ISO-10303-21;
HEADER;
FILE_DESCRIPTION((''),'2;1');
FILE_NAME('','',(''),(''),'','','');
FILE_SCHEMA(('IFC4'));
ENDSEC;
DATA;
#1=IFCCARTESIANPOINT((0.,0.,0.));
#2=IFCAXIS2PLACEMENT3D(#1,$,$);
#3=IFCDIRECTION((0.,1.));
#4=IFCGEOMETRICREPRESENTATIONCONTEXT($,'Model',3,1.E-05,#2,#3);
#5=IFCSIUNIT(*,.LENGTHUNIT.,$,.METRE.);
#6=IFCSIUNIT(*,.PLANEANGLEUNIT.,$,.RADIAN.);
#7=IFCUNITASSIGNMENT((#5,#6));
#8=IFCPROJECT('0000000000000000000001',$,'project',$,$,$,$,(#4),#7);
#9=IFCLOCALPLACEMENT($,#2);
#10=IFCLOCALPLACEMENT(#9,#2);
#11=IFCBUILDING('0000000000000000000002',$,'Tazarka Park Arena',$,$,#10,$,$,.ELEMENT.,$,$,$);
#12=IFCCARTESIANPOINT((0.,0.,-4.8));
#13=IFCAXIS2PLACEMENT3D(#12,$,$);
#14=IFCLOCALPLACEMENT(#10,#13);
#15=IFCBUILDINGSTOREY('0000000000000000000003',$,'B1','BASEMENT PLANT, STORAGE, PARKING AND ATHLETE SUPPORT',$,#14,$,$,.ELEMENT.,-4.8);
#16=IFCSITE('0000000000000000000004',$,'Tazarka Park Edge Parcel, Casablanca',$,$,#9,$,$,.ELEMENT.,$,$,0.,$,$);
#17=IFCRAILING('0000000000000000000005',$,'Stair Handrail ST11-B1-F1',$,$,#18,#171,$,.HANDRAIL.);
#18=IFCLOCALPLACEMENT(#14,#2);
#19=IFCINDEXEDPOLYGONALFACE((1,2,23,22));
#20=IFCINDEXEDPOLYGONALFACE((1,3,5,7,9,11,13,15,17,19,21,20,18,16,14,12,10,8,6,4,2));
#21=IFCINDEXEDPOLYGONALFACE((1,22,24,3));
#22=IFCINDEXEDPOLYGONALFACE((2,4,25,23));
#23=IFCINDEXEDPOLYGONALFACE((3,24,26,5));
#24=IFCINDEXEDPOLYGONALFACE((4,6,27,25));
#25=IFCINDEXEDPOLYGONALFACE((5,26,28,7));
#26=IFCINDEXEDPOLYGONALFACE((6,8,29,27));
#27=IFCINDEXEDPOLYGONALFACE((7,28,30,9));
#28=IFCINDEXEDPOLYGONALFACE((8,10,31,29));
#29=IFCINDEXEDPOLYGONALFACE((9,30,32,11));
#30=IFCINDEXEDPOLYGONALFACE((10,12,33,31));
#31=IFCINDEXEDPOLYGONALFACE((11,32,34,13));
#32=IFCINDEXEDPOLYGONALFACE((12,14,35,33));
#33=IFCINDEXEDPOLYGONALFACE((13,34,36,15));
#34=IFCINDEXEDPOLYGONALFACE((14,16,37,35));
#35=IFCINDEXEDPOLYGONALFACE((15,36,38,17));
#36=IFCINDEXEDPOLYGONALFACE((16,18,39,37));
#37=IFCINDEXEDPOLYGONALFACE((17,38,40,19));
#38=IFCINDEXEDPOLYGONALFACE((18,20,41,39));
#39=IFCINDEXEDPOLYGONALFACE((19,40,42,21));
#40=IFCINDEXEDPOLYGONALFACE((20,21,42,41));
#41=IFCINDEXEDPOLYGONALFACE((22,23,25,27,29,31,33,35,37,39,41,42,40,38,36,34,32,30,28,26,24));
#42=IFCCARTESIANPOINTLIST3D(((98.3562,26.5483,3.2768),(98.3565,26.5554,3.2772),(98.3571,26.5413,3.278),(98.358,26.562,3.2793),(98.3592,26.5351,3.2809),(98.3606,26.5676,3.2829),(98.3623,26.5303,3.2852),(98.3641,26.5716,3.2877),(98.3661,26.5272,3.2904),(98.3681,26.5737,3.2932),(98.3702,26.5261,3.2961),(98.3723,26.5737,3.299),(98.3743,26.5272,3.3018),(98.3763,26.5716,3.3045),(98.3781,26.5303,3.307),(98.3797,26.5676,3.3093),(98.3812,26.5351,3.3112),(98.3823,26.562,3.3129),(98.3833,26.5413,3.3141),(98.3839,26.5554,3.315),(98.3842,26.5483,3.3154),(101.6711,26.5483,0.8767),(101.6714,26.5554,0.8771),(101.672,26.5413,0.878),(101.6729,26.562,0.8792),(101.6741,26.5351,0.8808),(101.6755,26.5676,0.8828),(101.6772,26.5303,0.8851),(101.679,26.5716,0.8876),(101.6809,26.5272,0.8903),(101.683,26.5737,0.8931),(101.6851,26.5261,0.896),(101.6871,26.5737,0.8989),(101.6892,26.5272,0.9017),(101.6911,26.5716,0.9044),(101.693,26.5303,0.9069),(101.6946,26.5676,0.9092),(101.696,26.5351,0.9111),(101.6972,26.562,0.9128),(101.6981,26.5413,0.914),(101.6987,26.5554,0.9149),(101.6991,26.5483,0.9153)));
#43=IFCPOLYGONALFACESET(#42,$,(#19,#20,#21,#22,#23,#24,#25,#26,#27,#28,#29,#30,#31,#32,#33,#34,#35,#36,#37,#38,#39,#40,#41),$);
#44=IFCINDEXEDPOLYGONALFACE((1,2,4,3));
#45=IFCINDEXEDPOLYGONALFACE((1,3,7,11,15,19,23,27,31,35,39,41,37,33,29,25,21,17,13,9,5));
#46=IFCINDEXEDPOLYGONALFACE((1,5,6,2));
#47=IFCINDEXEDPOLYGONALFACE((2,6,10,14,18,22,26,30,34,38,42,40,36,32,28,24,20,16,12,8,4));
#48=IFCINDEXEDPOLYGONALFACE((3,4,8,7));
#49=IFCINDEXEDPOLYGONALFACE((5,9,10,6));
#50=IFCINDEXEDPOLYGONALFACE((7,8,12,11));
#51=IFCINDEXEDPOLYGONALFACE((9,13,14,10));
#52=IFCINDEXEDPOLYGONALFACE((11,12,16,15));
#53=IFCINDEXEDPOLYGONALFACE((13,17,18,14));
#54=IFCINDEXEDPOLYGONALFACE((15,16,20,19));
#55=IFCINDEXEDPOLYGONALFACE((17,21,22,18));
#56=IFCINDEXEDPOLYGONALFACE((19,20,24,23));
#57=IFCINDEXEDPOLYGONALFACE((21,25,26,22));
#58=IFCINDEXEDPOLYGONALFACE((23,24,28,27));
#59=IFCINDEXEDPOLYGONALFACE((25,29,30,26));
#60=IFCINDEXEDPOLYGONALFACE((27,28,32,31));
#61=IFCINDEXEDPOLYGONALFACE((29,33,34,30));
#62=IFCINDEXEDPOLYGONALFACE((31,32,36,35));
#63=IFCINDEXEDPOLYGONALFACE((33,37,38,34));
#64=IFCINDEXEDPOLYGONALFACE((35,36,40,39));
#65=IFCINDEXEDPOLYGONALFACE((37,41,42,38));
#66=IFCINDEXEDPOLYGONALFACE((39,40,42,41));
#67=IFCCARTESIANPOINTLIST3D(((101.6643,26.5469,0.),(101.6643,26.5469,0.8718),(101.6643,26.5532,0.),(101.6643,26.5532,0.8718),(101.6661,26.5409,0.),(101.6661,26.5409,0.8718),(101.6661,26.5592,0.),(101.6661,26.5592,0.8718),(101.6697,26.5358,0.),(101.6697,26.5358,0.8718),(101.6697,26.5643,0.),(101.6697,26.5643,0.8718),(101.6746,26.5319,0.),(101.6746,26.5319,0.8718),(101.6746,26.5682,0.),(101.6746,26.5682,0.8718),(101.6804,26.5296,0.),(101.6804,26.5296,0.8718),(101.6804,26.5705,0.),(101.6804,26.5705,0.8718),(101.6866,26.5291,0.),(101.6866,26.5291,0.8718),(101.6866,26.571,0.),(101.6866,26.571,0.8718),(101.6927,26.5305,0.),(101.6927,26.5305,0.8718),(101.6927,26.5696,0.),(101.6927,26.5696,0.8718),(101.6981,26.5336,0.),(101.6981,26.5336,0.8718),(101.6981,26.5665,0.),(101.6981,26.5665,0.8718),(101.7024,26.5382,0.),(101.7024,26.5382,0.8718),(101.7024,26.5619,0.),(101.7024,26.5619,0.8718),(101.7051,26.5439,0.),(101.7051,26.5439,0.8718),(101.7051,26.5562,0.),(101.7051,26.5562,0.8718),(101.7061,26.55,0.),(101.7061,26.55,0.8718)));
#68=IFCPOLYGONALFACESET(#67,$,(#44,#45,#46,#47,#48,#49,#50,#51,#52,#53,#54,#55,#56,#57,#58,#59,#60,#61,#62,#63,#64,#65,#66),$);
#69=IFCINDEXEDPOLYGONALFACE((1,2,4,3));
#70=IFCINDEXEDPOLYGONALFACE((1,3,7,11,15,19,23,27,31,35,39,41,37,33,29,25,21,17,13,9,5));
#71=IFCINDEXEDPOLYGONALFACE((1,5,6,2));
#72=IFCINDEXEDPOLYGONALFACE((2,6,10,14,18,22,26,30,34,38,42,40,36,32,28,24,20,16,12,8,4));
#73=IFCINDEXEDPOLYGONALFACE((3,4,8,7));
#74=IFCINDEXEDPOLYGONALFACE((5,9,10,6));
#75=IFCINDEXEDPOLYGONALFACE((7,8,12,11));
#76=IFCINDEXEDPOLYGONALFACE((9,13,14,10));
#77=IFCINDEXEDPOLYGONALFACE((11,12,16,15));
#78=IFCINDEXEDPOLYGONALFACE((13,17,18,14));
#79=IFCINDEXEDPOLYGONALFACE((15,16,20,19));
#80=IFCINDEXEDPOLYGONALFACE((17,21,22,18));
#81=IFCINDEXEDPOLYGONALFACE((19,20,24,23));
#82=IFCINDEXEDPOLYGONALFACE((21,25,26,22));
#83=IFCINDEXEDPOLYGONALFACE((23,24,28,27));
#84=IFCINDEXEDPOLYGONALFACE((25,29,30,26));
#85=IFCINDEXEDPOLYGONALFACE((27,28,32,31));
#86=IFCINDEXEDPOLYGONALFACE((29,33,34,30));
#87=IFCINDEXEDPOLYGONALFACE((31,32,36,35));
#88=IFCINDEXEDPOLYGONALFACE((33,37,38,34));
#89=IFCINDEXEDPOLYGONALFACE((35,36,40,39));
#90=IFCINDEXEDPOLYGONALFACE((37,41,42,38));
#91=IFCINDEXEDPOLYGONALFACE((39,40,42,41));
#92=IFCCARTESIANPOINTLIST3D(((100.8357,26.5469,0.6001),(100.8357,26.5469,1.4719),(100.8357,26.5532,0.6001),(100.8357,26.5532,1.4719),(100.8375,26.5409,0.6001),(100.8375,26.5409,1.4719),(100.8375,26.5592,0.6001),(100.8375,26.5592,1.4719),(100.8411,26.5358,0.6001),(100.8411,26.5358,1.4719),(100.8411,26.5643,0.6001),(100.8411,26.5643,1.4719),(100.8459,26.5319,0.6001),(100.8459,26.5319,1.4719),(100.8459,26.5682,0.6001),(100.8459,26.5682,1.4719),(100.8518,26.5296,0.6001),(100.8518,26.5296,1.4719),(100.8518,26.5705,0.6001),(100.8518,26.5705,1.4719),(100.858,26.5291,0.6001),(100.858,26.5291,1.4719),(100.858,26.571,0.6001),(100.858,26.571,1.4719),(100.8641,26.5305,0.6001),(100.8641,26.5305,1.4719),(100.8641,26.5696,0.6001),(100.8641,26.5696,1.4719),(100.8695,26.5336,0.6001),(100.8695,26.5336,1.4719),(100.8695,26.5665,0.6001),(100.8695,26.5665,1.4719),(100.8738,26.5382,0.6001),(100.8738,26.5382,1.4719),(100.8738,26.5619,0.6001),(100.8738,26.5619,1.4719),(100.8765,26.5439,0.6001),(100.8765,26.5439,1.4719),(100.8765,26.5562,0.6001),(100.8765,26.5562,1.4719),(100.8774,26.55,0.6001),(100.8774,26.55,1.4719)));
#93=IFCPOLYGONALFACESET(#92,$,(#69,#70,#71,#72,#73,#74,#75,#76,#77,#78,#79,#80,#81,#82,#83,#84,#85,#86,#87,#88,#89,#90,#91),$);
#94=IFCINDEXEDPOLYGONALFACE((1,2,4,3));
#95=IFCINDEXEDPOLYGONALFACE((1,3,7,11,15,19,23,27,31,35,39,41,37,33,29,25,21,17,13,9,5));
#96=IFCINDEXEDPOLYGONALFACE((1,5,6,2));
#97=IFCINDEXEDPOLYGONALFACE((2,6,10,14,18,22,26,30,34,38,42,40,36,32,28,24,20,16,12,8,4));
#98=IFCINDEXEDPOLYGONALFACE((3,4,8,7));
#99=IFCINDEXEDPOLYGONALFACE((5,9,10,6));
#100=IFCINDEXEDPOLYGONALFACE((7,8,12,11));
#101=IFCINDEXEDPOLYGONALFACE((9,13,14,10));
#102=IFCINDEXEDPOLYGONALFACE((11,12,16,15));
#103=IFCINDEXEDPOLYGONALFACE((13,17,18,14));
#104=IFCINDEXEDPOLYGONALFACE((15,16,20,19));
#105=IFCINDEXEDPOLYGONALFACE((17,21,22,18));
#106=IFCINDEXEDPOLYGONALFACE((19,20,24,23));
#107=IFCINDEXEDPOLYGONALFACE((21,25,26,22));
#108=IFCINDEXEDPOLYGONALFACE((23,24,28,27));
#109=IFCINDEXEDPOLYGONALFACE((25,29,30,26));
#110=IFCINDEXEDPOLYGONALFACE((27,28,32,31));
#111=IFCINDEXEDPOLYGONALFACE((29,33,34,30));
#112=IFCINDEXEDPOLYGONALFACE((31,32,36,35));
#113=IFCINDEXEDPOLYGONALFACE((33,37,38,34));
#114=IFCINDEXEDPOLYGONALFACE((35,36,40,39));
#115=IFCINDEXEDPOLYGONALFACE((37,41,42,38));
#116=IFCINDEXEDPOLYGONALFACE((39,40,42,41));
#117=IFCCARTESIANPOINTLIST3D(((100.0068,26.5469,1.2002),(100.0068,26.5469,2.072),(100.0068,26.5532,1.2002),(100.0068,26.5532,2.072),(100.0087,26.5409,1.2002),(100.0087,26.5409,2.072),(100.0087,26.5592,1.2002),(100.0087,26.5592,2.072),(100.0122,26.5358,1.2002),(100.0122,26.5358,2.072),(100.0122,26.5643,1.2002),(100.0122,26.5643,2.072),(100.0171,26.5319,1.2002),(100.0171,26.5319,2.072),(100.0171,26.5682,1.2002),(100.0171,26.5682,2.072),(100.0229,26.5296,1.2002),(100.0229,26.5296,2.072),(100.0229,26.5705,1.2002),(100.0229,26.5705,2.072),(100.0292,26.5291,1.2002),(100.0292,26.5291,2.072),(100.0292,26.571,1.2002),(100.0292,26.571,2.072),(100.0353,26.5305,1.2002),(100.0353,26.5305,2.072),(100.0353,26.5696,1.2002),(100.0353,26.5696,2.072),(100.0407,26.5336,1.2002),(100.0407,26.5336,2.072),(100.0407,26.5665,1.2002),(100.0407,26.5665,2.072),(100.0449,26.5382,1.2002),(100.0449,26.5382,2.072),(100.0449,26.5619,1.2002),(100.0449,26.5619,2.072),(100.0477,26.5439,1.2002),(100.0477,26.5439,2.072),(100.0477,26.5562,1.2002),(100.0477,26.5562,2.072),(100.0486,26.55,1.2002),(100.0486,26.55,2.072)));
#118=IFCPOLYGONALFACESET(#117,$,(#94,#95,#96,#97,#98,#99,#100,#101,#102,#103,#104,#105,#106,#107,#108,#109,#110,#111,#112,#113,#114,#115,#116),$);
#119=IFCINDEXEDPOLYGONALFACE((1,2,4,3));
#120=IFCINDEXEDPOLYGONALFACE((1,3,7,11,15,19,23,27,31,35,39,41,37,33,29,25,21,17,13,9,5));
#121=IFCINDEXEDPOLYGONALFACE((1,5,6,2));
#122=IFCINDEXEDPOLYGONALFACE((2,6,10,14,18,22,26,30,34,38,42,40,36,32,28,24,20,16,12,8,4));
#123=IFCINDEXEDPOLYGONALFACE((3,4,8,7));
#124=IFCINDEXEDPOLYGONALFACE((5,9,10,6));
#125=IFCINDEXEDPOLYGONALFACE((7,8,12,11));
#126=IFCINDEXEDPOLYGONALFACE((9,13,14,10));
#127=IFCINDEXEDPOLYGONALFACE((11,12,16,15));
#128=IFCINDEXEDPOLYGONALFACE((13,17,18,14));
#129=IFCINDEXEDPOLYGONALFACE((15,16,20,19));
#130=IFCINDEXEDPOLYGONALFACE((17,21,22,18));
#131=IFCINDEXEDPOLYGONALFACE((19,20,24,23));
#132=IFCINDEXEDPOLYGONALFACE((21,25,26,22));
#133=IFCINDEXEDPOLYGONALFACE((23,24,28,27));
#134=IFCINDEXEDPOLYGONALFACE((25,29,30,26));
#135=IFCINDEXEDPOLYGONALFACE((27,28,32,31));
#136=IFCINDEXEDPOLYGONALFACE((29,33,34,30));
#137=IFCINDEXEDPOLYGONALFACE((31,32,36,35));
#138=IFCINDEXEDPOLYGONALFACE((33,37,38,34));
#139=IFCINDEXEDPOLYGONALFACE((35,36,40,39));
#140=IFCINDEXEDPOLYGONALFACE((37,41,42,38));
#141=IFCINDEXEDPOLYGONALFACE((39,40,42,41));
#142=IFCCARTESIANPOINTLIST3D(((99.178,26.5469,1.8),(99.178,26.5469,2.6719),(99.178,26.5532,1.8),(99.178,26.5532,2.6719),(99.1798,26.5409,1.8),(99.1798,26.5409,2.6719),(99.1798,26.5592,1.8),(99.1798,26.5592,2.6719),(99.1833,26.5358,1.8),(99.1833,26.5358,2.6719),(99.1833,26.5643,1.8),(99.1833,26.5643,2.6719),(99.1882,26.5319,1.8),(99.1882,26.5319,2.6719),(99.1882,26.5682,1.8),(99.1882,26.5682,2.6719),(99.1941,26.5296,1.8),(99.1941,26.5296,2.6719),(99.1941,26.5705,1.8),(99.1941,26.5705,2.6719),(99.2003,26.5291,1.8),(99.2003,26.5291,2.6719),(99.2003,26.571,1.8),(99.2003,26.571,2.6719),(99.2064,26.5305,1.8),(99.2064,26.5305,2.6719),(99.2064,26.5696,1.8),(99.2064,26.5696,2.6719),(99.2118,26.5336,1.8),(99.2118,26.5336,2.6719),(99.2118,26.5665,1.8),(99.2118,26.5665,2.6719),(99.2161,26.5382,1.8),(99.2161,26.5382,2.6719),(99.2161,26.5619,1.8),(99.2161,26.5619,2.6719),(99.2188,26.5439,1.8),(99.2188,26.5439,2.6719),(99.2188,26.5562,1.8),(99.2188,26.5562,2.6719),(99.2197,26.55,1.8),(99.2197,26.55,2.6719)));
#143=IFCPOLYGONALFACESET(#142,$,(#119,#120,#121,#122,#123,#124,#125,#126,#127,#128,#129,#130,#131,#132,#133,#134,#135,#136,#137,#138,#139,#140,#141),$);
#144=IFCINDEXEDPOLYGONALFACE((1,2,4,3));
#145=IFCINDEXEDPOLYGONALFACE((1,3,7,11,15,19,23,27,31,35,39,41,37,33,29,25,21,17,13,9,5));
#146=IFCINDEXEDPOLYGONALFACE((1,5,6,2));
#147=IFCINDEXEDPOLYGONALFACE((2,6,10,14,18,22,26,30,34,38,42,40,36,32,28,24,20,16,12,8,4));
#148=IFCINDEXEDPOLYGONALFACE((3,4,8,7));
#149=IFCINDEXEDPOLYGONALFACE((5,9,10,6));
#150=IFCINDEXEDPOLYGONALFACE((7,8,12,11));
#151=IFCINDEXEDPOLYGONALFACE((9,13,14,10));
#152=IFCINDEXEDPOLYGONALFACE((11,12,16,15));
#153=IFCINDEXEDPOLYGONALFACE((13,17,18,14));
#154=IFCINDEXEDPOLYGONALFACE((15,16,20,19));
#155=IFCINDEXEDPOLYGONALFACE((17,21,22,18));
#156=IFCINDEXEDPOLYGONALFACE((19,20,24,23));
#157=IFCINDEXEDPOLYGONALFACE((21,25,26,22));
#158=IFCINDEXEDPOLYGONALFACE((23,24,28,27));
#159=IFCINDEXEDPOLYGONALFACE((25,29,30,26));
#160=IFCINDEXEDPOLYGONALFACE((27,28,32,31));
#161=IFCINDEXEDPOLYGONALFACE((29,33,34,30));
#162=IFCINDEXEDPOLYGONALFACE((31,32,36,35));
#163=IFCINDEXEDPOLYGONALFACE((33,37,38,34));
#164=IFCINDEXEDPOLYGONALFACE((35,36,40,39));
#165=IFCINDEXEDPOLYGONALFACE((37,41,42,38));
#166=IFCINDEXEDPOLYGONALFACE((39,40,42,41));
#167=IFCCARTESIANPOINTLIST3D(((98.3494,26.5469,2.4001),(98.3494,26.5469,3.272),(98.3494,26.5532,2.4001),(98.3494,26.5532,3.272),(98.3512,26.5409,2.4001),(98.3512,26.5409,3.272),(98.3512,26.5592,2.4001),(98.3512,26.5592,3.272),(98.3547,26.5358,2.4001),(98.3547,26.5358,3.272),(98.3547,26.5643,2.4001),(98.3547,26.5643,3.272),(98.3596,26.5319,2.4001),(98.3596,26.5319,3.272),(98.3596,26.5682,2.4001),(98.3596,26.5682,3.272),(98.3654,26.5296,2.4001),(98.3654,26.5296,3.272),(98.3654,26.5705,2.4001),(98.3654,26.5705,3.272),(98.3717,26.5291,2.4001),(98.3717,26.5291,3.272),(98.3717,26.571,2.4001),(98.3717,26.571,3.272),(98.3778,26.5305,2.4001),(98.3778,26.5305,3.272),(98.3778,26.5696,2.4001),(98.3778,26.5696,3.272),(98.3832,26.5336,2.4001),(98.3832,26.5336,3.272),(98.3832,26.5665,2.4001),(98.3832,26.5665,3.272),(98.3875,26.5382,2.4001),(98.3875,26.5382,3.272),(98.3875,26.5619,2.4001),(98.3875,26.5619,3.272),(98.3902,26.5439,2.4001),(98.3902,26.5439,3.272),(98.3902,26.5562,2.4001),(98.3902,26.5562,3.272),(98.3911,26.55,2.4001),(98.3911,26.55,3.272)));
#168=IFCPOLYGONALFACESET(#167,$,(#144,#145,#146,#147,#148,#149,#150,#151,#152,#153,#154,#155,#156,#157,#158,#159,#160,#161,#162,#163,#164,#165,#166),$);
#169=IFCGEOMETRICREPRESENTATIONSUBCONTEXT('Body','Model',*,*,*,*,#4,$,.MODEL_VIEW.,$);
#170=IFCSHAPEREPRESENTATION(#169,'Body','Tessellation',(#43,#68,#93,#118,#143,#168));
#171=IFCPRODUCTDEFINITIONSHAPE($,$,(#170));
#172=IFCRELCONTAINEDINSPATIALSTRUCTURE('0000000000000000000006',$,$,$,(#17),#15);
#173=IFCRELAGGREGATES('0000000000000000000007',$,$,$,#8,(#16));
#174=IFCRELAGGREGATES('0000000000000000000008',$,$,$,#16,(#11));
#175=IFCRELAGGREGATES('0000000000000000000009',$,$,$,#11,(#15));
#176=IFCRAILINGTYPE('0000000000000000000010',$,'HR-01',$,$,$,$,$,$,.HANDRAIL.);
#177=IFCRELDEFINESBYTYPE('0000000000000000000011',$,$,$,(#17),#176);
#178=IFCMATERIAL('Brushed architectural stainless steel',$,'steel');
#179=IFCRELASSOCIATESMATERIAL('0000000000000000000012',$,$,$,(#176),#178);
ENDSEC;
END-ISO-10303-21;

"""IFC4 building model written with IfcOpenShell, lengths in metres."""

from ifc_helpers import new_model, si_unit, direction, frame, origin, origin_2d, place, context, subcontext, project, spatial, circle, extrude, material, type_object, element, save


model = new_model("IFC4")

# Units and contexts
model_context = context("Model", 3, precision=1e-05, world=origin(), true_north=direction((0.0, 1.0)))
body_context = subcontext(model_context, "Body", "Model", "MODEL_VIEW")
ifc_project = project(units=[si_unit("LENGTHUNIT", "METRE"), si_unit("PLANEANGLEUNIT", "RADIAN")], contexts=[model_context])

# Site, building, storey
site_placement = place(None, origin())
site = spatial("IfcSite", under=ifc_project, at=site_placement, Name="Tazarka Park Edge Parcel, Casablanca", CompositionType="ELEMENT", RefElevation=0.0)
building_placement = place(site_placement, origin())
building = spatial("IfcBuilding", under=site, at=building_placement, Name="Tazarka Park Arena", CompositionType="ELEMENT")
storey_placement = place(building_placement, frame((0.0, 0.0, -4.8)))
storey = spatial("IfcBuildingStorey", under=building, at=storey_placement, Name="B1", Description="BASEMENT PLANT, STORAGE, PARKING AND ATHLETE SUPPORT", CompositionType="ELEMENT", Elevation=-4.8)

# Railing
ifc_material_1 = material(Name="Brushed architectural stainless steel", Category="steel")
railing_type_1 = type_object("IfcRailingType", Name="HR-01", PredefinedType="HANDRAIL", material=ifc_material_1)
railing_1_placement = place(storey_placement, frame((101.6851, 26.55, 0.0)))
element("IfcRailing", 1, at=railing_1_placement, inside=storey, type_object=railing_type_1, Name="Stair Handrail ST11-B1-F1", PredefinedType="HANDRAIL", context=body_context, shape_type="SweptSolid", body=[
    extrude(circle(Radius=0.0239, at=origin_2d()), frame((0.0, 0.0, 0.896), z_axis=(-0.80998, 0.0, 0.586457), x_axis=(0.0, -1.0, 0.0)), (0.0, 0.0, 1.0), 4.0925),
    extrude(circle(Radius=0.021, at=origin_2d()), origin(), (0.0, 0.0, 1.0), 0.8718),
    extrude(circle(Radius=0.021, at=origin_2d()), frame((-0.8286, 0.0, 0.6001)), (0.0, 0.0, 1.0), 0.8718),
    extrude(circle(Radius=0.021, at=origin_2d()), frame((-1.6575, 0.0, 1.2002)), (0.0, 0.0, 1.0), 0.8718),
    extrude(circle(Radius=0.021, at=origin_2d()), frame((-2.4863, 0.0, 1.8)), (0.0, 0.0, 1.0), 0.8718),
    extrude(circle(Radius=0.021, at=origin_2d()), frame((-3.3149, 0.0, 2.4001)), (0.0, 0.0, 1.0), 0.8718),
])

save(model, "model.ifc")
